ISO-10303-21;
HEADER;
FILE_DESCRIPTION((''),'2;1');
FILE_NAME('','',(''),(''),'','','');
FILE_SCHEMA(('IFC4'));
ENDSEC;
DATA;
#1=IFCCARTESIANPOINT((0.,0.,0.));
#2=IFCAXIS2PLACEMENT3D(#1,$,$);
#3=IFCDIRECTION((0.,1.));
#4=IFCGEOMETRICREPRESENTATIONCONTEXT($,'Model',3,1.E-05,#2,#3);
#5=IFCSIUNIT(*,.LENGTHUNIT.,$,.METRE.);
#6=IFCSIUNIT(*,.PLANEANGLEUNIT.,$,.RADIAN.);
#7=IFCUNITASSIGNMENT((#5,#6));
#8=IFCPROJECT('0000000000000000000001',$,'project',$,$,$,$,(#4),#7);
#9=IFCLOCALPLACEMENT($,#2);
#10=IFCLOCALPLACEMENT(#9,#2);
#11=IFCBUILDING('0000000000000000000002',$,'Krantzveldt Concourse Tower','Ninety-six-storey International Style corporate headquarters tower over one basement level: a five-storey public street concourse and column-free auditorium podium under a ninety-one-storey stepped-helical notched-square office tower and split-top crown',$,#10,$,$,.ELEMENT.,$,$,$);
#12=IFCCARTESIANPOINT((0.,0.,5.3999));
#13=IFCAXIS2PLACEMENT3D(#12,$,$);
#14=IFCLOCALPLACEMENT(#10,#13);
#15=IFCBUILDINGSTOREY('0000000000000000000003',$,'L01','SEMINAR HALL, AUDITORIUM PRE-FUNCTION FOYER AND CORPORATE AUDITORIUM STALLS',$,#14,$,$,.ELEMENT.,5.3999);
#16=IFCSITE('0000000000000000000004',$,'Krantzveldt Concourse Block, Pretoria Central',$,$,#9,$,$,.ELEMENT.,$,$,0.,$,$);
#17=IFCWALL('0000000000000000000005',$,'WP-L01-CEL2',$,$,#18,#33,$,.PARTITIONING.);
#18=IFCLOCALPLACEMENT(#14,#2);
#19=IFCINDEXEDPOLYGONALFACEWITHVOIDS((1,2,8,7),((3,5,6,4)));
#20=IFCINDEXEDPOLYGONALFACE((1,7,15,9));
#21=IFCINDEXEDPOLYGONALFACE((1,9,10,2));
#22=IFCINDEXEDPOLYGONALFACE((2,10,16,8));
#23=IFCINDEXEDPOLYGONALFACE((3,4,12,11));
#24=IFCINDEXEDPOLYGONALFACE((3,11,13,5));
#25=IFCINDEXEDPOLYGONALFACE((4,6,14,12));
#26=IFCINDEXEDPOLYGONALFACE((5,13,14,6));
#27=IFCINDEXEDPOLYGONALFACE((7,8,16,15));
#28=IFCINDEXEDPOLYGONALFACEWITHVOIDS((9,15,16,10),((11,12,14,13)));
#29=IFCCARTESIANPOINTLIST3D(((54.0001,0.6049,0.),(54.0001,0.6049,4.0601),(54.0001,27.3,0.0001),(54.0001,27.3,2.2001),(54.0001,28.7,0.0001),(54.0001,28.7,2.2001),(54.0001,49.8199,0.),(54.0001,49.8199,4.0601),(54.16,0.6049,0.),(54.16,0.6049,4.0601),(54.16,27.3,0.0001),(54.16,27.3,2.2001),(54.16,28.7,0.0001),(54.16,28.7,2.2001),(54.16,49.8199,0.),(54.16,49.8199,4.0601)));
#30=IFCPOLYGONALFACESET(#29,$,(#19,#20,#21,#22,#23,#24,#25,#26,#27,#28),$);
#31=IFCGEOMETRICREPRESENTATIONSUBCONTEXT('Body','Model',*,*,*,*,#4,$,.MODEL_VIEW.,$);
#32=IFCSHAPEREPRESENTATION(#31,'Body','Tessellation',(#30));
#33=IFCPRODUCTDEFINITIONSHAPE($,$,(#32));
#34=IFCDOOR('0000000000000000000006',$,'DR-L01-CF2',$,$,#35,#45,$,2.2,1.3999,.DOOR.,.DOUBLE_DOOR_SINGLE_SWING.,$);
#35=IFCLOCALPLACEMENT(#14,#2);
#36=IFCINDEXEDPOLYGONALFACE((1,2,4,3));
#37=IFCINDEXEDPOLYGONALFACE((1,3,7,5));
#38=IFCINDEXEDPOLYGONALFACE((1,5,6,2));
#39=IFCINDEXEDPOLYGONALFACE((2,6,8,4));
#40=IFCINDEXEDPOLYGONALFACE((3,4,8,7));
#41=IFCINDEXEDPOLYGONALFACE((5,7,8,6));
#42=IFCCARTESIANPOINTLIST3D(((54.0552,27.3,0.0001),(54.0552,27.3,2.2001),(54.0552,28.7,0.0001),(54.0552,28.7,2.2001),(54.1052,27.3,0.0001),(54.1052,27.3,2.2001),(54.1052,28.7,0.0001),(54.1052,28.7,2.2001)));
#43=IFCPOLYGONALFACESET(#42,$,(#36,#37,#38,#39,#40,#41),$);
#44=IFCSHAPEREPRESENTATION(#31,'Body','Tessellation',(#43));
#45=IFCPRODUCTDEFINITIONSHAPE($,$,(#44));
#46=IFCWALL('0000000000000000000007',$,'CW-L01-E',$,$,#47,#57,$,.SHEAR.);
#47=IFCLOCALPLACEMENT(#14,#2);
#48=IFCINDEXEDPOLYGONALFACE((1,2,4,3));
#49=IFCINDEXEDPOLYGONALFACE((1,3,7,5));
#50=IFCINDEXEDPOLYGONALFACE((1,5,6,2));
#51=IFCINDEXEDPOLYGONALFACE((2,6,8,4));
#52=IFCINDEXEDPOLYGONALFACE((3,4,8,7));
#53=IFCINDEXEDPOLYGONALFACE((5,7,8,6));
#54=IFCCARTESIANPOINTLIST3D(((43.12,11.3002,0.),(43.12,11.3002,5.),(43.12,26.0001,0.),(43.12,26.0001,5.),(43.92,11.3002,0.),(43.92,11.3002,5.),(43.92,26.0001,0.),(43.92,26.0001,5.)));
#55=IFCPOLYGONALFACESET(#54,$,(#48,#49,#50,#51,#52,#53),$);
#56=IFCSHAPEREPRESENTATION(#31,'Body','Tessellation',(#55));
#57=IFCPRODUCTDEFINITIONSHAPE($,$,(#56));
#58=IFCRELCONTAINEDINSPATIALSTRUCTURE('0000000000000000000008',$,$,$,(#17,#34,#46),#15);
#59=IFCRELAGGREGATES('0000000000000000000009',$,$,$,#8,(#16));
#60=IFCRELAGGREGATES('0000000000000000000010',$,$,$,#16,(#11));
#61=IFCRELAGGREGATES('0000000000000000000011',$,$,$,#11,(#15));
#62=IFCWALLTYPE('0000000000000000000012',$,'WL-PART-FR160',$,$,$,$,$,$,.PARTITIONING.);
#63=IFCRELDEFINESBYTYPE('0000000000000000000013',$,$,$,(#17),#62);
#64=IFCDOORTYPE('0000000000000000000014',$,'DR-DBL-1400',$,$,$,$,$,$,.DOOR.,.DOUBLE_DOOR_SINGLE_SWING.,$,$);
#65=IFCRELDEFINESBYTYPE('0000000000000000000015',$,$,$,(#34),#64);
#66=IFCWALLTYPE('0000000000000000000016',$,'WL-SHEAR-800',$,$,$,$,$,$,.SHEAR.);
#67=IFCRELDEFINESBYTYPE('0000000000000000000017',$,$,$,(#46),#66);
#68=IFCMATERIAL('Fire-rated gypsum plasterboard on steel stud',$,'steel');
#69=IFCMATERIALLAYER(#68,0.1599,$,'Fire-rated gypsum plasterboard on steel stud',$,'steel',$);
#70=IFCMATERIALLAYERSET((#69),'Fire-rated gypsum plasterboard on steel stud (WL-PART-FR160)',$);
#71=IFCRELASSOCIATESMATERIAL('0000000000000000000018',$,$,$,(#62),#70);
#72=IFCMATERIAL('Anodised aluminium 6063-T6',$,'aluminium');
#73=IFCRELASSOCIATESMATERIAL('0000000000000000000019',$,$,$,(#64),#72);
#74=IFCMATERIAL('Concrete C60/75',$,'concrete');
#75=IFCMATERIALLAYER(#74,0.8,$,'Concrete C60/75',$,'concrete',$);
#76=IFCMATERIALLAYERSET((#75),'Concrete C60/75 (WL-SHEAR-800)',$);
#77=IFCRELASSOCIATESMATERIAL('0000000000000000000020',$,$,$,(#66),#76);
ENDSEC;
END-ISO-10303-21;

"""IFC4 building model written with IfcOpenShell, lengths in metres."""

from ifc_helpers import new_model, si_unit, direction, frame, frame_2d, origin, place, context, subcontext, project, spatial, rectangle, extrude, material, layer, layer_set, type_object, element, fill, save


model = new_model("IFC4")

# Units and contexts
model_context = context("Model", 3, precision=1e-05, world=origin(), true_north=direction((0.0, 1.0)))
body_context = subcontext(model_context, "Body", "Model", "MODEL_VIEW")
ifc_project = project(units=[si_unit("LENGTHUNIT", "METRE"), si_unit("PLANEANGLEUNIT", "RADIAN")], contexts=[model_context])

# Site, building, storey
site_placement = place(None, origin())
site = spatial("IfcSite", under=ifc_project, at=site_placement, Name="Krantzveldt Concourse Block, Pretoria Central", CompositionType="ELEMENT", RefElevation=0.0)
building_placement = place(site_placement, origin())
building = spatial("IfcBuilding", under=site, at=building_placement, Name="Krantzveldt Concourse Tower", Description="Ninety-six-storey International Style corporate headquarters tower over one basement level: a five-storey public street concourse and column-free auditorium podium under a ninety-one-storey stepped-helical notched-square office tower and split-top crown", CompositionType="ELEMENT")
storey_placement = place(building_placement, frame((0.0, 0.0, 5.3999)))
storey = spatial("IfcBuildingStorey", under=building, at=storey_placement, Name="L01", Description="SEMINAR HALL, AUDITORIUM PRE-FUNCTION FOYER AND CORPORATE AUDITORIUM STALLS", CompositionType="ELEMENT", Elevation=5.3999)

# Shared definitions
ifc_material_1 = material(Name="Concrete C60/75", Category="concrete")

# Wall, opening, door
ifc_material_2 = material(Name="Fire-rated gypsum plasterboard on steel stud", Category="steel")
ifc_layer_1 = layer(ifc_material_2, 0.1599, Name="Fire-rated gypsum plasterboard on steel stud", Category="steel")
ifc_layer_set_1 = layer_set([ifc_layer_1], Name="Fire-rated gypsum plasterboard on steel stud (WL-PART-FR160)")
wall_type_1 = type_object("IfcWallType", Name="WL-PART-FR160", PredefinedType="PARTITIONING", material=ifc_layer_set_1)
wall_1_placement = place(storey_placement, frame((54.0801, 0.605, 0.0), z_axis=(0.0, 0.0, 1.0), x_axis=(0.0, 1.0, 0.0)))
wall_1 = element("IfcWall", 1, at=wall_1_placement, inside=storey, type_object=wall_type_1, Name="WP-L01-CEL2", PredefinedType="PARTITIONING", context=body_context, shape_type="SweptSolid", body=[
    extrude(rectangle(XDim=49.2151, YDim=0.1599, at=frame_2d((24.6074, 0.0))), origin(), (0.0, 0.0, 1.0), 4.0601),
])
opening_1_placement = place(wall_1_placement, frame((26.6951, 0.0, 0.0)))
opening_1 = element("IfcOpeningElement", 2, at=opening_1_placement, cuts=wall_1, PredefinedType="OPENING", context=body_context, shape_type="SweptSolid", body=[
    extrude(rectangle(XDim=1.3999, YDim=2.2, at=frame_2d((0.7, 1.1001))), frame((0.0, 0.0898, 0.0), z_axis=(0.0, -1.0, 0.0), x_axis=(1.0, 0.0, 0.0)), (0.0, 0.0, 1.0), 0.1799),
])
ifc_material_3 = material(Name="Anodised aluminium 6063-T6", Category="aluminium")
door_type = type_object("IfcDoorType", Name="DR-DBL-1400", OperationType="DOUBLE_DOOR_SINGLE_SWING", PredefinedType="DOOR", material=ifc_material_3)
door_placement = place(opening_1_placement, origin())
door = element("IfcDoor", 3, at=door_placement, inside=storey, type_object=door_type, Name="DR-L01-CF2", OperationType="DOUBLE_DOOR_SINGLE_SWING", OverallHeight=2.2, OverallWidth=1.3999, PredefinedType="DOOR", context=body_context, shape_type="SweptSolid", body=[
    extrude(rectangle(XDim=1.3999, YDim=2.2, at=frame_2d((0.7, 1.1001))), frame((0.0, 0.0249, 0.0), z_axis=(0.0, -1.0, 0.0), x_axis=(1.0, 0.0, 0.0)), (0.0, 0.0, 1.0), 0.05),
])
fill(opening_1, door)

# Wall
ifc_layer_2 = layer(ifc_material_1, 0.8, Name="Concrete C60/75", Category="concrete")
ifc_layer_set_2 = layer_set([ifc_layer_2], Name="Concrete C60/75 (WL-SHEAR-800)")
wall_type_2 = type_object("IfcWallType", Name="WL-SHEAR-800", PredefinedType="SHEAR", material=ifc_layer_set_2)
wall_2_placement = place(storey_placement, frame((43.52, 11.3, 0.0), z_axis=(0.0, 0.0, 1.0), x_axis=(0.0, 1.0, 0.0)))
element("IfcWall", 4, at=wall_2_placement, inside=storey, type_object=wall_type_2, Name="CW-L01-E", PredefinedType="SHEAR", context=body_context, shape_type="SweptSolid", body=[
    extrude(rectangle(XDim=14.7, YDim=0.8, at=frame_2d((7.3501, 0.0))), origin(), (0.0, 0.0, 1.0), 5.0),
])

save(model, "model.ifc")
